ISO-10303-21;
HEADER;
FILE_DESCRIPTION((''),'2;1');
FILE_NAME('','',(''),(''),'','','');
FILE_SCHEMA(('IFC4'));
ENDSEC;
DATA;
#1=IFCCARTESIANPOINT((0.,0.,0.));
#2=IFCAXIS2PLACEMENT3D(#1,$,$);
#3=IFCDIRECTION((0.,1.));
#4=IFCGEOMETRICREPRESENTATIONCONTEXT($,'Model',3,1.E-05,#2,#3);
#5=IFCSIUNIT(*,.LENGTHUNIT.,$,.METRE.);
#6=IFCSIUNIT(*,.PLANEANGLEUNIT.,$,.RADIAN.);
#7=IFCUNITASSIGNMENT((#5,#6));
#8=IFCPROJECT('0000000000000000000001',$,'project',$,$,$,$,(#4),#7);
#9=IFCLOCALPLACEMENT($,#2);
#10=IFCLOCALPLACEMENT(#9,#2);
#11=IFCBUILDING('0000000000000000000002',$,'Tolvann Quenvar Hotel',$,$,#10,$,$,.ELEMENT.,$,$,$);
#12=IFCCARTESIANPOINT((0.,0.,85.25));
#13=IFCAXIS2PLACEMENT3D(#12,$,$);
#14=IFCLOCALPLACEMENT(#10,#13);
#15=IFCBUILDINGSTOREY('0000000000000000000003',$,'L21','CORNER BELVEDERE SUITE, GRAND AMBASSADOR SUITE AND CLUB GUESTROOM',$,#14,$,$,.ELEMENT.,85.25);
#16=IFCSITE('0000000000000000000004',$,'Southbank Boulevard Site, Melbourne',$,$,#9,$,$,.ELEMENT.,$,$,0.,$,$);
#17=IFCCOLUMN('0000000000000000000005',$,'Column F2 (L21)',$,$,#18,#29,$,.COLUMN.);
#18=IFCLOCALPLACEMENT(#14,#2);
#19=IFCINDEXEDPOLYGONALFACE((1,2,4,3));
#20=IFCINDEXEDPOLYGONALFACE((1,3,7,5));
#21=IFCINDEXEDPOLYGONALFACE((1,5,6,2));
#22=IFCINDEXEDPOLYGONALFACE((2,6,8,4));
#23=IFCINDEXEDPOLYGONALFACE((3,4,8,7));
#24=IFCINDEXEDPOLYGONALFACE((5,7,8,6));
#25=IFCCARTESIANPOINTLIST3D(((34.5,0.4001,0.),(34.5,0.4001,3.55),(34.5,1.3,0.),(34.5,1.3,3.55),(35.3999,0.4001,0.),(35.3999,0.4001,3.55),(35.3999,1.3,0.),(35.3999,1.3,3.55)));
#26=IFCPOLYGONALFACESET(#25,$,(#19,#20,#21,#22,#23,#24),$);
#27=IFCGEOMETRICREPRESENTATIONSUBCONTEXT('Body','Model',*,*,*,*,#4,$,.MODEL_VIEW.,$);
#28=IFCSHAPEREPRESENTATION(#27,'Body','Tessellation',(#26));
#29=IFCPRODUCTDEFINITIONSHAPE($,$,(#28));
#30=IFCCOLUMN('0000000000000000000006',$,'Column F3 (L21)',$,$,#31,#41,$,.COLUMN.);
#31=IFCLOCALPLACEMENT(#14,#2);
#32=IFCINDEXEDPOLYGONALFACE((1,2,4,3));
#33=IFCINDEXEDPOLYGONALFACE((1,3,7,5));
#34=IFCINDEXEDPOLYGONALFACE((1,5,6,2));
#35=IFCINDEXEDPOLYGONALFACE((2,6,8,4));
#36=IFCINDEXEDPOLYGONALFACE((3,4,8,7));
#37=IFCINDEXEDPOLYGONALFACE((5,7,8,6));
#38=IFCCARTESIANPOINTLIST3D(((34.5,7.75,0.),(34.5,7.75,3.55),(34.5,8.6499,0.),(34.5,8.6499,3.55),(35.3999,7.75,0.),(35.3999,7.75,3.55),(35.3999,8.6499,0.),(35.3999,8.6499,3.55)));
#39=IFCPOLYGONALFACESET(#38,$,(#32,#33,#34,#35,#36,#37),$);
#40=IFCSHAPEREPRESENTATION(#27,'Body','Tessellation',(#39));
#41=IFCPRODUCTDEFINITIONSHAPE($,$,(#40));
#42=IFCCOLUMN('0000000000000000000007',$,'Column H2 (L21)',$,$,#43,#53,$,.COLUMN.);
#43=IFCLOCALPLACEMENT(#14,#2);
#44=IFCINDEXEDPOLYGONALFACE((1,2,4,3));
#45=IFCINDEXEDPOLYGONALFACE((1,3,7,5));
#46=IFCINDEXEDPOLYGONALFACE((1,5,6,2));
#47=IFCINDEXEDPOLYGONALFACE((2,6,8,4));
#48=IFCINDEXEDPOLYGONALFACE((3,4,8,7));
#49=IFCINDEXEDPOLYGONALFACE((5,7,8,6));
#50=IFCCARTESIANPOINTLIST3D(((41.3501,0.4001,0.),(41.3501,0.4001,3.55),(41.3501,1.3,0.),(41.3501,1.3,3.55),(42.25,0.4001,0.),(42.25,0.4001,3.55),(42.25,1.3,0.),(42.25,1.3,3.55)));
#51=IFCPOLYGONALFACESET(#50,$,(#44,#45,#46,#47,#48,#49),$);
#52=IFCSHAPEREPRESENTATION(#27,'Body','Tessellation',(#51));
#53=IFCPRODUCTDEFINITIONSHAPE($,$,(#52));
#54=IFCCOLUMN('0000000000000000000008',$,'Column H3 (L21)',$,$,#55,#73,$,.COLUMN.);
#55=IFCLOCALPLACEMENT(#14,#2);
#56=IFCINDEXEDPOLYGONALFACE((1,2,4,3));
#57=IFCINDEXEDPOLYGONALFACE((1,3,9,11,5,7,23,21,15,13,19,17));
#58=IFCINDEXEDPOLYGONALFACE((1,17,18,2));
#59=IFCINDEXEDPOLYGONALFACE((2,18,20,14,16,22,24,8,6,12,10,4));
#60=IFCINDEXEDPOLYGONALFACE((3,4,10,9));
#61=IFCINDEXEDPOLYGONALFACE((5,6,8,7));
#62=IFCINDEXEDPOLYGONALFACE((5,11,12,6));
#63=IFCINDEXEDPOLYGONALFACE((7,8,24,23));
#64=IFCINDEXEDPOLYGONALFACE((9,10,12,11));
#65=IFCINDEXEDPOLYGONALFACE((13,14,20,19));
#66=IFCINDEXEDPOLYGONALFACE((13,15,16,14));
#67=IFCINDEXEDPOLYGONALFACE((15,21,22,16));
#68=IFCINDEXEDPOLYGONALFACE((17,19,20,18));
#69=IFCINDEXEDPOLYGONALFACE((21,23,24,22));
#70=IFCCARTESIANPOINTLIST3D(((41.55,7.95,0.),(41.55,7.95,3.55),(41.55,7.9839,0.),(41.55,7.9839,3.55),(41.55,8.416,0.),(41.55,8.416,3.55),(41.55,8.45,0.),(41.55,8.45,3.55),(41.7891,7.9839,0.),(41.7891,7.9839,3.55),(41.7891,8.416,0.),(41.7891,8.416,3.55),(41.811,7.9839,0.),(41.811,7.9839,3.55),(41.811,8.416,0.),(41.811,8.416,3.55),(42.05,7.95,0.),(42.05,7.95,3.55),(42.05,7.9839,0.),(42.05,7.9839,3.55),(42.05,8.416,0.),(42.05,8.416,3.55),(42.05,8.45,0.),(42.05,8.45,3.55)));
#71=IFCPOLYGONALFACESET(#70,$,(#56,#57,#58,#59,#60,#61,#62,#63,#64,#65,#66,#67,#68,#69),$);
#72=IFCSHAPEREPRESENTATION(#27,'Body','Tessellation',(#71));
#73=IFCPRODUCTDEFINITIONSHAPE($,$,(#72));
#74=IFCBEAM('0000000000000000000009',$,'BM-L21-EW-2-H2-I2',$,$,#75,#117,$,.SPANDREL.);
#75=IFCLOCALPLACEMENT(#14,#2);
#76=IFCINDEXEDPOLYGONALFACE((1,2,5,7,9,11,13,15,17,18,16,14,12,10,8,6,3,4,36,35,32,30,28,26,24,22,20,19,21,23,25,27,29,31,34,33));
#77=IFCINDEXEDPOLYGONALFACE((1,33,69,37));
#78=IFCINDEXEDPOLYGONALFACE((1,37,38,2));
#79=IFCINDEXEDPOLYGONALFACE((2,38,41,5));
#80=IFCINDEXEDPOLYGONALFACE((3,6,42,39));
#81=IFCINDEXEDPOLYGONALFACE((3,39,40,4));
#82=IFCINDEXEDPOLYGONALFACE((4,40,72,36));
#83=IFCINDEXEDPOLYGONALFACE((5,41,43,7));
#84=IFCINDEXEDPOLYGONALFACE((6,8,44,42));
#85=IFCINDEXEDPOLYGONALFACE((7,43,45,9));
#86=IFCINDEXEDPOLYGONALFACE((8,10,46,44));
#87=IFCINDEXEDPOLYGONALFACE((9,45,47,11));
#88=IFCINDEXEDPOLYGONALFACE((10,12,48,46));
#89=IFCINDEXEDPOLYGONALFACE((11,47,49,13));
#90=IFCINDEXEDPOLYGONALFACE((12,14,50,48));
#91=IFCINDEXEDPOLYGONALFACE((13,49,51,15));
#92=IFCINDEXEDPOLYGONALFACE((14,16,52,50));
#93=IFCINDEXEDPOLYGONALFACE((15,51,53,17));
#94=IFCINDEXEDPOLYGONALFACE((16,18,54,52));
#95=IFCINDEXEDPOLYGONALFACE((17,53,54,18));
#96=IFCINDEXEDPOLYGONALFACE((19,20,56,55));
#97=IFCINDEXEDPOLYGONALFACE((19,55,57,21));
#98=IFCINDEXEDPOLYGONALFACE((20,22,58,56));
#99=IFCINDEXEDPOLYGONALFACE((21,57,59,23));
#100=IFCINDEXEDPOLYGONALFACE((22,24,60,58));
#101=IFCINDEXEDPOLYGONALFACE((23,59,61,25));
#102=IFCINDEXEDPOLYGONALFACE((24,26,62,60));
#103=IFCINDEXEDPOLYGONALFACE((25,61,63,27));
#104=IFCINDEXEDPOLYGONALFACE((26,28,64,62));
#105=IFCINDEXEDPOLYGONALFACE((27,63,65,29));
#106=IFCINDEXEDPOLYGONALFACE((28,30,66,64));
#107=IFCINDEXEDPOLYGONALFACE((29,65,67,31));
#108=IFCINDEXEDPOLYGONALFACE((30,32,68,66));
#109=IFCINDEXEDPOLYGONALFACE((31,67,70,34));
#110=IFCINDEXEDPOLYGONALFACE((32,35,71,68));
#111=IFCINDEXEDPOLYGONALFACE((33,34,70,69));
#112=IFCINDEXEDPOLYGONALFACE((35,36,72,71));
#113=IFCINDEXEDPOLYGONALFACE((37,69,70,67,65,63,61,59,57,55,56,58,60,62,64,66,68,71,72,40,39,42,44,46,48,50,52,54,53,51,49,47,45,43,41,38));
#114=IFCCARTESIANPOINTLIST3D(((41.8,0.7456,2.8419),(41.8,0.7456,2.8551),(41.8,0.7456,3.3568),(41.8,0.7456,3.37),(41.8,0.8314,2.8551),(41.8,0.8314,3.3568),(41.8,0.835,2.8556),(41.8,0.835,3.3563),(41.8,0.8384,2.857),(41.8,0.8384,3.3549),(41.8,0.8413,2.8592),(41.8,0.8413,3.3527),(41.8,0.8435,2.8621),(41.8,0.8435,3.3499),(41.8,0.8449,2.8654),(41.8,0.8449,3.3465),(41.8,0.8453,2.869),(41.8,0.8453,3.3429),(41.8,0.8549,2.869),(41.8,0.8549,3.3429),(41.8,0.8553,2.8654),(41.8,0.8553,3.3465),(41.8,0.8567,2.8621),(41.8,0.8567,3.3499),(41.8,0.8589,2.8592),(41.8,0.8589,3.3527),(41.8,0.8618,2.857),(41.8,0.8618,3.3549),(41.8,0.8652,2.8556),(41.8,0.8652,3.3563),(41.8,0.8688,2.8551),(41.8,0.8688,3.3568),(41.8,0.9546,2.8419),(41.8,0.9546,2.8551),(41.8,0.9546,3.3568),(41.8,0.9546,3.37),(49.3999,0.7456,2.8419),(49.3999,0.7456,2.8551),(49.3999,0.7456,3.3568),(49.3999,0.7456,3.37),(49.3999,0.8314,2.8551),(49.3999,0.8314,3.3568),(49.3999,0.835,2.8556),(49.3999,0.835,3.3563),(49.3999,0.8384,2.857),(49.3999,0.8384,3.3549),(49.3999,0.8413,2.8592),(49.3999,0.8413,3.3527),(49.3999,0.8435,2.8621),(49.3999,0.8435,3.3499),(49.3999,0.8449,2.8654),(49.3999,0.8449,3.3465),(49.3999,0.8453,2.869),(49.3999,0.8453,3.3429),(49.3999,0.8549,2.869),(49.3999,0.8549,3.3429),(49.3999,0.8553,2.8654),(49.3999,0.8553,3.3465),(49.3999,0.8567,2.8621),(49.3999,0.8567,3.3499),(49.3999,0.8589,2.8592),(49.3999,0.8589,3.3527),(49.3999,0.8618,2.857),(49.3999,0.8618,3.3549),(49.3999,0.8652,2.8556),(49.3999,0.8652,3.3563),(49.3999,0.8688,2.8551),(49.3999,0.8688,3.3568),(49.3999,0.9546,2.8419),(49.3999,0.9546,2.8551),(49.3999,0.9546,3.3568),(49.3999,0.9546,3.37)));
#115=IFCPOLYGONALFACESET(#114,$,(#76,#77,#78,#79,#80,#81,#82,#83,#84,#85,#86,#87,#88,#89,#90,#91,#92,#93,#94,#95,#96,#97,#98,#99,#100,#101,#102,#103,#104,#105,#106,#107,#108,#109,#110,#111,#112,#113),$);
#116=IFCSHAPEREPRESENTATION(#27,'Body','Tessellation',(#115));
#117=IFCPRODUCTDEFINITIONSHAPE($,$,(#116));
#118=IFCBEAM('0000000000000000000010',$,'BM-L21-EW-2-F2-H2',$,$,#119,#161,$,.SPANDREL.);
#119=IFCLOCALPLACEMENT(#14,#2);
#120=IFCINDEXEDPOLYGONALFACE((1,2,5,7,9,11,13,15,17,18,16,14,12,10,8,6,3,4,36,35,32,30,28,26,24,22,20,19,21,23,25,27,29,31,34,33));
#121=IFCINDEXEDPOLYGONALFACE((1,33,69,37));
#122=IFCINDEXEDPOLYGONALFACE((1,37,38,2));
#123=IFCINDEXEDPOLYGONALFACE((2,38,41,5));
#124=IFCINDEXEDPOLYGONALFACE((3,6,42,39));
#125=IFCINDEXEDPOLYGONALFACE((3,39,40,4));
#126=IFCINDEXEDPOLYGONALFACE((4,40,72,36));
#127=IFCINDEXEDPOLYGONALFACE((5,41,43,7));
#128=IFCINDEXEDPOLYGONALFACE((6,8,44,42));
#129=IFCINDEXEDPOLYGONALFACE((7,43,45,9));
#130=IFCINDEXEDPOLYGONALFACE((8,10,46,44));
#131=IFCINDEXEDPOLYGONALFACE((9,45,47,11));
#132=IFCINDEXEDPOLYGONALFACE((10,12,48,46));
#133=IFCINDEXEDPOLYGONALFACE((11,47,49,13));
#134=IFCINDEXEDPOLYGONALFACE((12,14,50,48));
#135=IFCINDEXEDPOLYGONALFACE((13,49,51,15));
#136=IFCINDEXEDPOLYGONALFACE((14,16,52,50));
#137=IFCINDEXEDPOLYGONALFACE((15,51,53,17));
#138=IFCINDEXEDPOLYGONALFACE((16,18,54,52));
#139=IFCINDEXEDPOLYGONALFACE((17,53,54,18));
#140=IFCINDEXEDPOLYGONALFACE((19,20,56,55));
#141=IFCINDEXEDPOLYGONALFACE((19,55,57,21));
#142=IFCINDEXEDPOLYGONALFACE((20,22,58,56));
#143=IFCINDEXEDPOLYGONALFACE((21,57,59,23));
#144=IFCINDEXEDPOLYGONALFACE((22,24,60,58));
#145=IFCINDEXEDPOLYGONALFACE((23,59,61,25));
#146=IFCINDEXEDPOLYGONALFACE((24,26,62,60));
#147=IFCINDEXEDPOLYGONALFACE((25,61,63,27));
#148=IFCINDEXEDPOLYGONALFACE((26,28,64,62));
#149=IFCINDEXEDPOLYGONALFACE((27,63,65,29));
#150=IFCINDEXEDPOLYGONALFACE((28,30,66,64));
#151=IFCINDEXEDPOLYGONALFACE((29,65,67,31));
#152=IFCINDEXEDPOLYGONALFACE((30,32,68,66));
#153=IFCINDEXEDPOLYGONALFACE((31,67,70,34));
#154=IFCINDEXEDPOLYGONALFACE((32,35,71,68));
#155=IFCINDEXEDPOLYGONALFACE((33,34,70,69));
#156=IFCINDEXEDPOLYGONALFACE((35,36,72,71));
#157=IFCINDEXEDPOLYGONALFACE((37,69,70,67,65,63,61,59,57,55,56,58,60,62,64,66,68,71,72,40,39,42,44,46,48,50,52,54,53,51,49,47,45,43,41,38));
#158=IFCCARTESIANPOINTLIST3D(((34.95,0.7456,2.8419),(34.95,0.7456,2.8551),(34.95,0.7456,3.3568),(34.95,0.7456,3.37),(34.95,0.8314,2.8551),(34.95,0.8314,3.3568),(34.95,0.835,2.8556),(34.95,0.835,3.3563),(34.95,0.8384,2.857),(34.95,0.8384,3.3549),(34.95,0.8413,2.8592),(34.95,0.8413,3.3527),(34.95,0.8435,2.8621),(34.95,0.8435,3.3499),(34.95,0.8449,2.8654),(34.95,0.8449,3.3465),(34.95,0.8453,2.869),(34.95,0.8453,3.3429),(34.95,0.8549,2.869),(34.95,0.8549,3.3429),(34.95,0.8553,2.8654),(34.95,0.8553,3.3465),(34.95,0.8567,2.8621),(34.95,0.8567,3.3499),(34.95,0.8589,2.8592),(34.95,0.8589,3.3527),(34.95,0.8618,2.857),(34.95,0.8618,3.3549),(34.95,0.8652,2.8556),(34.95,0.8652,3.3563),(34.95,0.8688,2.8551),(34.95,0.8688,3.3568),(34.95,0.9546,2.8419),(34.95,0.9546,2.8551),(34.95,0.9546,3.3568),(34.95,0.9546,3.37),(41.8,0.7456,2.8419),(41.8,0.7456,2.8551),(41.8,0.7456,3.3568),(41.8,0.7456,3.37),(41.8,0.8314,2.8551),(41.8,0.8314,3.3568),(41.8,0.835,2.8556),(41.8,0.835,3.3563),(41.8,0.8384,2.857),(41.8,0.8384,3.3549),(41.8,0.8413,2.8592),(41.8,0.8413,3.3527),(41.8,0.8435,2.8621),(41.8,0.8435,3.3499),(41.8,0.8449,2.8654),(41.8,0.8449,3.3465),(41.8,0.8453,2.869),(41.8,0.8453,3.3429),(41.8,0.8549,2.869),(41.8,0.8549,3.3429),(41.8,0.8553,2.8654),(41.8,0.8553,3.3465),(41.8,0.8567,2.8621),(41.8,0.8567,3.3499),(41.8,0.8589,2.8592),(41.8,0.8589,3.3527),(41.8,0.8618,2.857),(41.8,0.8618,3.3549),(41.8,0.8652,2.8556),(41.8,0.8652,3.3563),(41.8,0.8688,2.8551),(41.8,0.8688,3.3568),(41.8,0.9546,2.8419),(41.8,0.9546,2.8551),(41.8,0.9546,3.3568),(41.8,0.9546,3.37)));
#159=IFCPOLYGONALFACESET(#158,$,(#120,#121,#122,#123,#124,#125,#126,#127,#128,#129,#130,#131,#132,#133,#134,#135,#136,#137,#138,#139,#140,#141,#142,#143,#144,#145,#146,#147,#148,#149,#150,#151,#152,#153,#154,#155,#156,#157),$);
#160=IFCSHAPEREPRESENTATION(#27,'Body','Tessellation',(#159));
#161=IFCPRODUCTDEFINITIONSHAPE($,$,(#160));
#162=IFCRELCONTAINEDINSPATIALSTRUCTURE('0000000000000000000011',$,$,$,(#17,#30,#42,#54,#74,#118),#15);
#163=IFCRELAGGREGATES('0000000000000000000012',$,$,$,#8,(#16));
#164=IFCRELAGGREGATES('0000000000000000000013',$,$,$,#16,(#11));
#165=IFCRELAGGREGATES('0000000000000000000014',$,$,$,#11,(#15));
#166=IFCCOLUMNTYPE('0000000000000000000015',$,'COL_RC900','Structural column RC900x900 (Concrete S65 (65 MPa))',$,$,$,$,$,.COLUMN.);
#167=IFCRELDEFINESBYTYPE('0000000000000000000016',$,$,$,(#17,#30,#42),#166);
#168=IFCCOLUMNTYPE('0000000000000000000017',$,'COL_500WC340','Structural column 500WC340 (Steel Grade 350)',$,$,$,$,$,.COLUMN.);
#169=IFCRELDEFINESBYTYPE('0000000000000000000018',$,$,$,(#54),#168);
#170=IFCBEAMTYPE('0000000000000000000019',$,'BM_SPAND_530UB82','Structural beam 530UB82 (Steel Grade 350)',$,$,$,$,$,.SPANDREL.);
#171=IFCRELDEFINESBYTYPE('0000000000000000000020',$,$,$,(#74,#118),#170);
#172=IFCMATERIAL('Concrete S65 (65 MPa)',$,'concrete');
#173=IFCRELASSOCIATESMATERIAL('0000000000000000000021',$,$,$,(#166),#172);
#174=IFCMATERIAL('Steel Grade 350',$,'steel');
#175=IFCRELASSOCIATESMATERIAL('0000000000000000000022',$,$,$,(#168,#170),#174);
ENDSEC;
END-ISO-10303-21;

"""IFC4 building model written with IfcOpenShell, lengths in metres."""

from ifc_helpers import new_model, si_unit, direction, frame, origin, origin_2d, place, context, subcontext, project, spatial, rectangle, i_section, extrude, source, transform, mapped, material, material_profile, profile_set, type_object, type_shapes, element, save


model = new_model("IFC4")

# Units and contexts
model_context = context("Model", 3, precision=1e-05, world=origin(), true_north=direction((0.0, 1.0)))
body_context = subcontext(model_context, "Body", "Model", "MODEL_VIEW")
ifc_project = project(units=[si_unit("LENGTHUNIT", "METRE"), si_unit("PLANEANGLEUNIT", "RADIAN")], contexts=[model_context])

# Site, building, storey
site_placement = place(None, origin())
site = spatial("IfcSite", under=ifc_project, at=site_placement, Name="Southbank Boulevard Site, Melbourne", CompositionType="ELEMENT", RefElevation=0.0)
building_placement = place(site_placement, origin())
building = spatial("IfcBuilding", under=site, at=building_placement, Name="Tolvann Quenvar Hotel", CompositionType="ELEMENT")
storey_placement = place(building_placement, frame((0.0, 0.0, 85.25)))
storey = spatial("IfcBuildingStorey", under=building, at=storey_placement, Name="L21", Description="CORNER BELVEDERE SUITE, GRAND AMBASSADOR SUITE AND CLUB GUESTROOM", CompositionType="ELEMENT", Elevation=85.25)

# Columns
ifc_material_1 = material(Name="Concrete S65 (65 MPa)", Category="concrete")
ifc_material_profile_1 = material_profile(ifc_material_1, rectangle(XDim=0.8999, YDim=0.8999, at=origin_2d()), Name="RC900x900")
ifc_profile_set_1 = profile_set([ifc_material_profile_1], Name="Concrete S65 (65 MPa)")
column_type_1 = type_object("IfcColumnType", Name="COL_RC900", Description="Structural column RC900x900 (Concrete S65 (65 MPa))", PredefinedType="COLUMN", material=ifc_profile_set_1)
shared_shape_1 = source(origin(), body_context, "Body", "SweptSolid", [
    extrude(rectangle(XDim=0.8999, YDim=0.8999, at=origin_2d()), origin(), (0.0, 0.0, 1.0), 3.55),
])
type_shapes(column_type_1, [shared_shape_1])
for number, where, z_axis, x_axis, name in (
    (1, (34.95, 0.8501, 0.0), (0.0, 0.0, 1.0), (1.0, 0.0, 0.0), "Column F2 (L21)"),
    (2, (34.95, 8.2, 0.0), (0.0, 0.0, 1.0), (1.0, 0.0, 0.0), "Column F3 (L21)"),
    (3, (41.8, 0.8501, 0.0), (0.0, 0.0, 1.0), (1.0, 0.0, 0.0), "Column H2 (L21)"),
):
    element("IfcColumn", number, at=place(storey_placement, frame(where, z_axis=z_axis, x_axis=x_axis)), inside=storey, type_object=column_type_1, Name=name, PredefinedType="COLUMN", context=body_context, shape_type="MappedRepresentation", body=[
        mapped(shared_shape_1, transform((0.0, 0.0, 0.0), x_axis=(1.0, 0.0, 0.0), y_axis=(0.0, 1.0, 0.0), z_axis=(0.0, 0.0, 1.0), scale=1.0)),
    ])
ifc_material_2 = material(Name="Steel Grade 350", Category="steel")
ifc_material_profile_2 = material_profile(ifc_material_2, i_section(OverallWidth=0.5, OverallDepth=0.5, WebThickness=0.022, FlangeThickness=0.0339, at=origin_2d()), Name="500WC340")
ifc_profile_set_2 = profile_set([ifc_material_profile_2], Name="Steel Grade 350")
column_type_2 = type_object("IfcColumnType", Name="COL_500WC340", Description="Structural column 500WC340 (Steel Grade 350)", PredefinedType="COLUMN", material=ifc_profile_set_2)
shared_shape_2 = source(origin(), body_context, "Body", "SweptSolid", [
    extrude(i_section(OverallWidth=0.5, OverallDepth=0.5, WebThickness=0.022, FlangeThickness=0.0339, at=origin_2d()), origin(), (0.0, 0.0, 1.0), 3.55),
])
type_shapes(column_type_2, [shared_shape_2])
column_placement = place(storey_placement, frame((41.8, 8.2, 0.0), z_axis=(0.0, 0.0, 1.0), x_axis=(1.0, 0.0, 0.0)))
element("IfcColumn", 4, at=column_placement, inside=storey, type_object=column_type_2, Name="Column H3 (L21)", PredefinedType="COLUMN", context=body_context, shape_type="MappedRepresentation", body=[
    mapped(shared_shape_2, transform((0.0, 0.0, 0.0), x_axis=(1.0, 0.0, 0.0), y_axis=(0.0, 1.0, 0.0), z_axis=(0.0, 0.0, 1.0), scale=1.0)),
])

# Beams
ifc_material_profile_3 = material_profile(ifc_material_2, i_section(OverallWidth=0.209, OverallDepth=0.5281, WebThickness=0.0095, FlangeThickness=0.0132, FilletRadius=0.0139, at=origin_2d()), Name="530UB82")
ifc_profile_set_3 = profile_set([ifc_material_profile_3], Name="Steel Grade 350")
beam_type_1 = type_object("IfcBeamType", Name="BM_SPAND_530UB82", Description="Structural beam 530UB82 (Steel Grade 350)", PredefinedType="SPANDREL", material=ifc_profile_set_3)
shared_shape_3 = source(origin(), body_context, "Body", "SweptSolid", [
    extrude(i_section(OverallWidth=0.209, OverallDepth=0.5281, WebThickness=0.0095, FlangeThickness=0.0132, FilletRadius=0.0139, at=origin_2d()), origin(), (0.0, 0.0, 1.0), 7.5999),
])
beam_1_placement = place(storey_placement, frame((41.8, 0.8501, 3.106), z_axis=(1.0, 0.0, 0.0), x_axis=(0.0, 1.0, 0.0)))
element("IfcBeam", 5, at=beam_1_placement, inside=storey, type_object=beam_type_1, Name="BM-L21-EW-2-H2-I2", PredefinedType="SPANDREL", context=body_context, shape_type="MappedRepresentation", body=[
    mapped(shared_shape_3, transform((0.0, 0.0, 0.0), x_axis=(1.0, 0.0, 0.0), y_axis=(0.0, 1.0, 0.0), z_axis=(0.0, 0.0, 1.0), scale=1.0)),
])
shared_shape_4 = source(origin(), body_context, "Body", "SweptSolid", [
    extrude(i_section(OverallWidth=0.209, OverallDepth=0.5281, WebThickness=0.0095, FlangeThickness=0.0132, FilletRadius=0.0139, at=origin_2d()), origin(), (0.0, 0.0, 1.0), 6.8501),
])
type_shapes(beam_type_1, [shared_shape_3, shared_shape_4])
beam_2_placement = place(storey_placement, frame((34.95, 0.8501, 3.106), z_axis=(1.0, 0.0, 0.0), x_axis=(0.0, 1.0, 0.0)))
element("IfcBeam", 6, at=beam_2_placement, inside=storey, type_object=beam_type_1, Name="BM-L21-EW-2-F2-H2", PredefinedType="SPANDREL", context=body_context, shape_type="MappedRepresentation", body=[
    mapped(shared_shape_4, transform((0.0, 0.0, 0.0), x_axis=(1.0, 0.0, 0.0), y_axis=(0.0, 1.0, 0.0), z_axis=(0.0, 0.0, 1.0), scale=1.0)),
])

save(model, "model.ifc")
